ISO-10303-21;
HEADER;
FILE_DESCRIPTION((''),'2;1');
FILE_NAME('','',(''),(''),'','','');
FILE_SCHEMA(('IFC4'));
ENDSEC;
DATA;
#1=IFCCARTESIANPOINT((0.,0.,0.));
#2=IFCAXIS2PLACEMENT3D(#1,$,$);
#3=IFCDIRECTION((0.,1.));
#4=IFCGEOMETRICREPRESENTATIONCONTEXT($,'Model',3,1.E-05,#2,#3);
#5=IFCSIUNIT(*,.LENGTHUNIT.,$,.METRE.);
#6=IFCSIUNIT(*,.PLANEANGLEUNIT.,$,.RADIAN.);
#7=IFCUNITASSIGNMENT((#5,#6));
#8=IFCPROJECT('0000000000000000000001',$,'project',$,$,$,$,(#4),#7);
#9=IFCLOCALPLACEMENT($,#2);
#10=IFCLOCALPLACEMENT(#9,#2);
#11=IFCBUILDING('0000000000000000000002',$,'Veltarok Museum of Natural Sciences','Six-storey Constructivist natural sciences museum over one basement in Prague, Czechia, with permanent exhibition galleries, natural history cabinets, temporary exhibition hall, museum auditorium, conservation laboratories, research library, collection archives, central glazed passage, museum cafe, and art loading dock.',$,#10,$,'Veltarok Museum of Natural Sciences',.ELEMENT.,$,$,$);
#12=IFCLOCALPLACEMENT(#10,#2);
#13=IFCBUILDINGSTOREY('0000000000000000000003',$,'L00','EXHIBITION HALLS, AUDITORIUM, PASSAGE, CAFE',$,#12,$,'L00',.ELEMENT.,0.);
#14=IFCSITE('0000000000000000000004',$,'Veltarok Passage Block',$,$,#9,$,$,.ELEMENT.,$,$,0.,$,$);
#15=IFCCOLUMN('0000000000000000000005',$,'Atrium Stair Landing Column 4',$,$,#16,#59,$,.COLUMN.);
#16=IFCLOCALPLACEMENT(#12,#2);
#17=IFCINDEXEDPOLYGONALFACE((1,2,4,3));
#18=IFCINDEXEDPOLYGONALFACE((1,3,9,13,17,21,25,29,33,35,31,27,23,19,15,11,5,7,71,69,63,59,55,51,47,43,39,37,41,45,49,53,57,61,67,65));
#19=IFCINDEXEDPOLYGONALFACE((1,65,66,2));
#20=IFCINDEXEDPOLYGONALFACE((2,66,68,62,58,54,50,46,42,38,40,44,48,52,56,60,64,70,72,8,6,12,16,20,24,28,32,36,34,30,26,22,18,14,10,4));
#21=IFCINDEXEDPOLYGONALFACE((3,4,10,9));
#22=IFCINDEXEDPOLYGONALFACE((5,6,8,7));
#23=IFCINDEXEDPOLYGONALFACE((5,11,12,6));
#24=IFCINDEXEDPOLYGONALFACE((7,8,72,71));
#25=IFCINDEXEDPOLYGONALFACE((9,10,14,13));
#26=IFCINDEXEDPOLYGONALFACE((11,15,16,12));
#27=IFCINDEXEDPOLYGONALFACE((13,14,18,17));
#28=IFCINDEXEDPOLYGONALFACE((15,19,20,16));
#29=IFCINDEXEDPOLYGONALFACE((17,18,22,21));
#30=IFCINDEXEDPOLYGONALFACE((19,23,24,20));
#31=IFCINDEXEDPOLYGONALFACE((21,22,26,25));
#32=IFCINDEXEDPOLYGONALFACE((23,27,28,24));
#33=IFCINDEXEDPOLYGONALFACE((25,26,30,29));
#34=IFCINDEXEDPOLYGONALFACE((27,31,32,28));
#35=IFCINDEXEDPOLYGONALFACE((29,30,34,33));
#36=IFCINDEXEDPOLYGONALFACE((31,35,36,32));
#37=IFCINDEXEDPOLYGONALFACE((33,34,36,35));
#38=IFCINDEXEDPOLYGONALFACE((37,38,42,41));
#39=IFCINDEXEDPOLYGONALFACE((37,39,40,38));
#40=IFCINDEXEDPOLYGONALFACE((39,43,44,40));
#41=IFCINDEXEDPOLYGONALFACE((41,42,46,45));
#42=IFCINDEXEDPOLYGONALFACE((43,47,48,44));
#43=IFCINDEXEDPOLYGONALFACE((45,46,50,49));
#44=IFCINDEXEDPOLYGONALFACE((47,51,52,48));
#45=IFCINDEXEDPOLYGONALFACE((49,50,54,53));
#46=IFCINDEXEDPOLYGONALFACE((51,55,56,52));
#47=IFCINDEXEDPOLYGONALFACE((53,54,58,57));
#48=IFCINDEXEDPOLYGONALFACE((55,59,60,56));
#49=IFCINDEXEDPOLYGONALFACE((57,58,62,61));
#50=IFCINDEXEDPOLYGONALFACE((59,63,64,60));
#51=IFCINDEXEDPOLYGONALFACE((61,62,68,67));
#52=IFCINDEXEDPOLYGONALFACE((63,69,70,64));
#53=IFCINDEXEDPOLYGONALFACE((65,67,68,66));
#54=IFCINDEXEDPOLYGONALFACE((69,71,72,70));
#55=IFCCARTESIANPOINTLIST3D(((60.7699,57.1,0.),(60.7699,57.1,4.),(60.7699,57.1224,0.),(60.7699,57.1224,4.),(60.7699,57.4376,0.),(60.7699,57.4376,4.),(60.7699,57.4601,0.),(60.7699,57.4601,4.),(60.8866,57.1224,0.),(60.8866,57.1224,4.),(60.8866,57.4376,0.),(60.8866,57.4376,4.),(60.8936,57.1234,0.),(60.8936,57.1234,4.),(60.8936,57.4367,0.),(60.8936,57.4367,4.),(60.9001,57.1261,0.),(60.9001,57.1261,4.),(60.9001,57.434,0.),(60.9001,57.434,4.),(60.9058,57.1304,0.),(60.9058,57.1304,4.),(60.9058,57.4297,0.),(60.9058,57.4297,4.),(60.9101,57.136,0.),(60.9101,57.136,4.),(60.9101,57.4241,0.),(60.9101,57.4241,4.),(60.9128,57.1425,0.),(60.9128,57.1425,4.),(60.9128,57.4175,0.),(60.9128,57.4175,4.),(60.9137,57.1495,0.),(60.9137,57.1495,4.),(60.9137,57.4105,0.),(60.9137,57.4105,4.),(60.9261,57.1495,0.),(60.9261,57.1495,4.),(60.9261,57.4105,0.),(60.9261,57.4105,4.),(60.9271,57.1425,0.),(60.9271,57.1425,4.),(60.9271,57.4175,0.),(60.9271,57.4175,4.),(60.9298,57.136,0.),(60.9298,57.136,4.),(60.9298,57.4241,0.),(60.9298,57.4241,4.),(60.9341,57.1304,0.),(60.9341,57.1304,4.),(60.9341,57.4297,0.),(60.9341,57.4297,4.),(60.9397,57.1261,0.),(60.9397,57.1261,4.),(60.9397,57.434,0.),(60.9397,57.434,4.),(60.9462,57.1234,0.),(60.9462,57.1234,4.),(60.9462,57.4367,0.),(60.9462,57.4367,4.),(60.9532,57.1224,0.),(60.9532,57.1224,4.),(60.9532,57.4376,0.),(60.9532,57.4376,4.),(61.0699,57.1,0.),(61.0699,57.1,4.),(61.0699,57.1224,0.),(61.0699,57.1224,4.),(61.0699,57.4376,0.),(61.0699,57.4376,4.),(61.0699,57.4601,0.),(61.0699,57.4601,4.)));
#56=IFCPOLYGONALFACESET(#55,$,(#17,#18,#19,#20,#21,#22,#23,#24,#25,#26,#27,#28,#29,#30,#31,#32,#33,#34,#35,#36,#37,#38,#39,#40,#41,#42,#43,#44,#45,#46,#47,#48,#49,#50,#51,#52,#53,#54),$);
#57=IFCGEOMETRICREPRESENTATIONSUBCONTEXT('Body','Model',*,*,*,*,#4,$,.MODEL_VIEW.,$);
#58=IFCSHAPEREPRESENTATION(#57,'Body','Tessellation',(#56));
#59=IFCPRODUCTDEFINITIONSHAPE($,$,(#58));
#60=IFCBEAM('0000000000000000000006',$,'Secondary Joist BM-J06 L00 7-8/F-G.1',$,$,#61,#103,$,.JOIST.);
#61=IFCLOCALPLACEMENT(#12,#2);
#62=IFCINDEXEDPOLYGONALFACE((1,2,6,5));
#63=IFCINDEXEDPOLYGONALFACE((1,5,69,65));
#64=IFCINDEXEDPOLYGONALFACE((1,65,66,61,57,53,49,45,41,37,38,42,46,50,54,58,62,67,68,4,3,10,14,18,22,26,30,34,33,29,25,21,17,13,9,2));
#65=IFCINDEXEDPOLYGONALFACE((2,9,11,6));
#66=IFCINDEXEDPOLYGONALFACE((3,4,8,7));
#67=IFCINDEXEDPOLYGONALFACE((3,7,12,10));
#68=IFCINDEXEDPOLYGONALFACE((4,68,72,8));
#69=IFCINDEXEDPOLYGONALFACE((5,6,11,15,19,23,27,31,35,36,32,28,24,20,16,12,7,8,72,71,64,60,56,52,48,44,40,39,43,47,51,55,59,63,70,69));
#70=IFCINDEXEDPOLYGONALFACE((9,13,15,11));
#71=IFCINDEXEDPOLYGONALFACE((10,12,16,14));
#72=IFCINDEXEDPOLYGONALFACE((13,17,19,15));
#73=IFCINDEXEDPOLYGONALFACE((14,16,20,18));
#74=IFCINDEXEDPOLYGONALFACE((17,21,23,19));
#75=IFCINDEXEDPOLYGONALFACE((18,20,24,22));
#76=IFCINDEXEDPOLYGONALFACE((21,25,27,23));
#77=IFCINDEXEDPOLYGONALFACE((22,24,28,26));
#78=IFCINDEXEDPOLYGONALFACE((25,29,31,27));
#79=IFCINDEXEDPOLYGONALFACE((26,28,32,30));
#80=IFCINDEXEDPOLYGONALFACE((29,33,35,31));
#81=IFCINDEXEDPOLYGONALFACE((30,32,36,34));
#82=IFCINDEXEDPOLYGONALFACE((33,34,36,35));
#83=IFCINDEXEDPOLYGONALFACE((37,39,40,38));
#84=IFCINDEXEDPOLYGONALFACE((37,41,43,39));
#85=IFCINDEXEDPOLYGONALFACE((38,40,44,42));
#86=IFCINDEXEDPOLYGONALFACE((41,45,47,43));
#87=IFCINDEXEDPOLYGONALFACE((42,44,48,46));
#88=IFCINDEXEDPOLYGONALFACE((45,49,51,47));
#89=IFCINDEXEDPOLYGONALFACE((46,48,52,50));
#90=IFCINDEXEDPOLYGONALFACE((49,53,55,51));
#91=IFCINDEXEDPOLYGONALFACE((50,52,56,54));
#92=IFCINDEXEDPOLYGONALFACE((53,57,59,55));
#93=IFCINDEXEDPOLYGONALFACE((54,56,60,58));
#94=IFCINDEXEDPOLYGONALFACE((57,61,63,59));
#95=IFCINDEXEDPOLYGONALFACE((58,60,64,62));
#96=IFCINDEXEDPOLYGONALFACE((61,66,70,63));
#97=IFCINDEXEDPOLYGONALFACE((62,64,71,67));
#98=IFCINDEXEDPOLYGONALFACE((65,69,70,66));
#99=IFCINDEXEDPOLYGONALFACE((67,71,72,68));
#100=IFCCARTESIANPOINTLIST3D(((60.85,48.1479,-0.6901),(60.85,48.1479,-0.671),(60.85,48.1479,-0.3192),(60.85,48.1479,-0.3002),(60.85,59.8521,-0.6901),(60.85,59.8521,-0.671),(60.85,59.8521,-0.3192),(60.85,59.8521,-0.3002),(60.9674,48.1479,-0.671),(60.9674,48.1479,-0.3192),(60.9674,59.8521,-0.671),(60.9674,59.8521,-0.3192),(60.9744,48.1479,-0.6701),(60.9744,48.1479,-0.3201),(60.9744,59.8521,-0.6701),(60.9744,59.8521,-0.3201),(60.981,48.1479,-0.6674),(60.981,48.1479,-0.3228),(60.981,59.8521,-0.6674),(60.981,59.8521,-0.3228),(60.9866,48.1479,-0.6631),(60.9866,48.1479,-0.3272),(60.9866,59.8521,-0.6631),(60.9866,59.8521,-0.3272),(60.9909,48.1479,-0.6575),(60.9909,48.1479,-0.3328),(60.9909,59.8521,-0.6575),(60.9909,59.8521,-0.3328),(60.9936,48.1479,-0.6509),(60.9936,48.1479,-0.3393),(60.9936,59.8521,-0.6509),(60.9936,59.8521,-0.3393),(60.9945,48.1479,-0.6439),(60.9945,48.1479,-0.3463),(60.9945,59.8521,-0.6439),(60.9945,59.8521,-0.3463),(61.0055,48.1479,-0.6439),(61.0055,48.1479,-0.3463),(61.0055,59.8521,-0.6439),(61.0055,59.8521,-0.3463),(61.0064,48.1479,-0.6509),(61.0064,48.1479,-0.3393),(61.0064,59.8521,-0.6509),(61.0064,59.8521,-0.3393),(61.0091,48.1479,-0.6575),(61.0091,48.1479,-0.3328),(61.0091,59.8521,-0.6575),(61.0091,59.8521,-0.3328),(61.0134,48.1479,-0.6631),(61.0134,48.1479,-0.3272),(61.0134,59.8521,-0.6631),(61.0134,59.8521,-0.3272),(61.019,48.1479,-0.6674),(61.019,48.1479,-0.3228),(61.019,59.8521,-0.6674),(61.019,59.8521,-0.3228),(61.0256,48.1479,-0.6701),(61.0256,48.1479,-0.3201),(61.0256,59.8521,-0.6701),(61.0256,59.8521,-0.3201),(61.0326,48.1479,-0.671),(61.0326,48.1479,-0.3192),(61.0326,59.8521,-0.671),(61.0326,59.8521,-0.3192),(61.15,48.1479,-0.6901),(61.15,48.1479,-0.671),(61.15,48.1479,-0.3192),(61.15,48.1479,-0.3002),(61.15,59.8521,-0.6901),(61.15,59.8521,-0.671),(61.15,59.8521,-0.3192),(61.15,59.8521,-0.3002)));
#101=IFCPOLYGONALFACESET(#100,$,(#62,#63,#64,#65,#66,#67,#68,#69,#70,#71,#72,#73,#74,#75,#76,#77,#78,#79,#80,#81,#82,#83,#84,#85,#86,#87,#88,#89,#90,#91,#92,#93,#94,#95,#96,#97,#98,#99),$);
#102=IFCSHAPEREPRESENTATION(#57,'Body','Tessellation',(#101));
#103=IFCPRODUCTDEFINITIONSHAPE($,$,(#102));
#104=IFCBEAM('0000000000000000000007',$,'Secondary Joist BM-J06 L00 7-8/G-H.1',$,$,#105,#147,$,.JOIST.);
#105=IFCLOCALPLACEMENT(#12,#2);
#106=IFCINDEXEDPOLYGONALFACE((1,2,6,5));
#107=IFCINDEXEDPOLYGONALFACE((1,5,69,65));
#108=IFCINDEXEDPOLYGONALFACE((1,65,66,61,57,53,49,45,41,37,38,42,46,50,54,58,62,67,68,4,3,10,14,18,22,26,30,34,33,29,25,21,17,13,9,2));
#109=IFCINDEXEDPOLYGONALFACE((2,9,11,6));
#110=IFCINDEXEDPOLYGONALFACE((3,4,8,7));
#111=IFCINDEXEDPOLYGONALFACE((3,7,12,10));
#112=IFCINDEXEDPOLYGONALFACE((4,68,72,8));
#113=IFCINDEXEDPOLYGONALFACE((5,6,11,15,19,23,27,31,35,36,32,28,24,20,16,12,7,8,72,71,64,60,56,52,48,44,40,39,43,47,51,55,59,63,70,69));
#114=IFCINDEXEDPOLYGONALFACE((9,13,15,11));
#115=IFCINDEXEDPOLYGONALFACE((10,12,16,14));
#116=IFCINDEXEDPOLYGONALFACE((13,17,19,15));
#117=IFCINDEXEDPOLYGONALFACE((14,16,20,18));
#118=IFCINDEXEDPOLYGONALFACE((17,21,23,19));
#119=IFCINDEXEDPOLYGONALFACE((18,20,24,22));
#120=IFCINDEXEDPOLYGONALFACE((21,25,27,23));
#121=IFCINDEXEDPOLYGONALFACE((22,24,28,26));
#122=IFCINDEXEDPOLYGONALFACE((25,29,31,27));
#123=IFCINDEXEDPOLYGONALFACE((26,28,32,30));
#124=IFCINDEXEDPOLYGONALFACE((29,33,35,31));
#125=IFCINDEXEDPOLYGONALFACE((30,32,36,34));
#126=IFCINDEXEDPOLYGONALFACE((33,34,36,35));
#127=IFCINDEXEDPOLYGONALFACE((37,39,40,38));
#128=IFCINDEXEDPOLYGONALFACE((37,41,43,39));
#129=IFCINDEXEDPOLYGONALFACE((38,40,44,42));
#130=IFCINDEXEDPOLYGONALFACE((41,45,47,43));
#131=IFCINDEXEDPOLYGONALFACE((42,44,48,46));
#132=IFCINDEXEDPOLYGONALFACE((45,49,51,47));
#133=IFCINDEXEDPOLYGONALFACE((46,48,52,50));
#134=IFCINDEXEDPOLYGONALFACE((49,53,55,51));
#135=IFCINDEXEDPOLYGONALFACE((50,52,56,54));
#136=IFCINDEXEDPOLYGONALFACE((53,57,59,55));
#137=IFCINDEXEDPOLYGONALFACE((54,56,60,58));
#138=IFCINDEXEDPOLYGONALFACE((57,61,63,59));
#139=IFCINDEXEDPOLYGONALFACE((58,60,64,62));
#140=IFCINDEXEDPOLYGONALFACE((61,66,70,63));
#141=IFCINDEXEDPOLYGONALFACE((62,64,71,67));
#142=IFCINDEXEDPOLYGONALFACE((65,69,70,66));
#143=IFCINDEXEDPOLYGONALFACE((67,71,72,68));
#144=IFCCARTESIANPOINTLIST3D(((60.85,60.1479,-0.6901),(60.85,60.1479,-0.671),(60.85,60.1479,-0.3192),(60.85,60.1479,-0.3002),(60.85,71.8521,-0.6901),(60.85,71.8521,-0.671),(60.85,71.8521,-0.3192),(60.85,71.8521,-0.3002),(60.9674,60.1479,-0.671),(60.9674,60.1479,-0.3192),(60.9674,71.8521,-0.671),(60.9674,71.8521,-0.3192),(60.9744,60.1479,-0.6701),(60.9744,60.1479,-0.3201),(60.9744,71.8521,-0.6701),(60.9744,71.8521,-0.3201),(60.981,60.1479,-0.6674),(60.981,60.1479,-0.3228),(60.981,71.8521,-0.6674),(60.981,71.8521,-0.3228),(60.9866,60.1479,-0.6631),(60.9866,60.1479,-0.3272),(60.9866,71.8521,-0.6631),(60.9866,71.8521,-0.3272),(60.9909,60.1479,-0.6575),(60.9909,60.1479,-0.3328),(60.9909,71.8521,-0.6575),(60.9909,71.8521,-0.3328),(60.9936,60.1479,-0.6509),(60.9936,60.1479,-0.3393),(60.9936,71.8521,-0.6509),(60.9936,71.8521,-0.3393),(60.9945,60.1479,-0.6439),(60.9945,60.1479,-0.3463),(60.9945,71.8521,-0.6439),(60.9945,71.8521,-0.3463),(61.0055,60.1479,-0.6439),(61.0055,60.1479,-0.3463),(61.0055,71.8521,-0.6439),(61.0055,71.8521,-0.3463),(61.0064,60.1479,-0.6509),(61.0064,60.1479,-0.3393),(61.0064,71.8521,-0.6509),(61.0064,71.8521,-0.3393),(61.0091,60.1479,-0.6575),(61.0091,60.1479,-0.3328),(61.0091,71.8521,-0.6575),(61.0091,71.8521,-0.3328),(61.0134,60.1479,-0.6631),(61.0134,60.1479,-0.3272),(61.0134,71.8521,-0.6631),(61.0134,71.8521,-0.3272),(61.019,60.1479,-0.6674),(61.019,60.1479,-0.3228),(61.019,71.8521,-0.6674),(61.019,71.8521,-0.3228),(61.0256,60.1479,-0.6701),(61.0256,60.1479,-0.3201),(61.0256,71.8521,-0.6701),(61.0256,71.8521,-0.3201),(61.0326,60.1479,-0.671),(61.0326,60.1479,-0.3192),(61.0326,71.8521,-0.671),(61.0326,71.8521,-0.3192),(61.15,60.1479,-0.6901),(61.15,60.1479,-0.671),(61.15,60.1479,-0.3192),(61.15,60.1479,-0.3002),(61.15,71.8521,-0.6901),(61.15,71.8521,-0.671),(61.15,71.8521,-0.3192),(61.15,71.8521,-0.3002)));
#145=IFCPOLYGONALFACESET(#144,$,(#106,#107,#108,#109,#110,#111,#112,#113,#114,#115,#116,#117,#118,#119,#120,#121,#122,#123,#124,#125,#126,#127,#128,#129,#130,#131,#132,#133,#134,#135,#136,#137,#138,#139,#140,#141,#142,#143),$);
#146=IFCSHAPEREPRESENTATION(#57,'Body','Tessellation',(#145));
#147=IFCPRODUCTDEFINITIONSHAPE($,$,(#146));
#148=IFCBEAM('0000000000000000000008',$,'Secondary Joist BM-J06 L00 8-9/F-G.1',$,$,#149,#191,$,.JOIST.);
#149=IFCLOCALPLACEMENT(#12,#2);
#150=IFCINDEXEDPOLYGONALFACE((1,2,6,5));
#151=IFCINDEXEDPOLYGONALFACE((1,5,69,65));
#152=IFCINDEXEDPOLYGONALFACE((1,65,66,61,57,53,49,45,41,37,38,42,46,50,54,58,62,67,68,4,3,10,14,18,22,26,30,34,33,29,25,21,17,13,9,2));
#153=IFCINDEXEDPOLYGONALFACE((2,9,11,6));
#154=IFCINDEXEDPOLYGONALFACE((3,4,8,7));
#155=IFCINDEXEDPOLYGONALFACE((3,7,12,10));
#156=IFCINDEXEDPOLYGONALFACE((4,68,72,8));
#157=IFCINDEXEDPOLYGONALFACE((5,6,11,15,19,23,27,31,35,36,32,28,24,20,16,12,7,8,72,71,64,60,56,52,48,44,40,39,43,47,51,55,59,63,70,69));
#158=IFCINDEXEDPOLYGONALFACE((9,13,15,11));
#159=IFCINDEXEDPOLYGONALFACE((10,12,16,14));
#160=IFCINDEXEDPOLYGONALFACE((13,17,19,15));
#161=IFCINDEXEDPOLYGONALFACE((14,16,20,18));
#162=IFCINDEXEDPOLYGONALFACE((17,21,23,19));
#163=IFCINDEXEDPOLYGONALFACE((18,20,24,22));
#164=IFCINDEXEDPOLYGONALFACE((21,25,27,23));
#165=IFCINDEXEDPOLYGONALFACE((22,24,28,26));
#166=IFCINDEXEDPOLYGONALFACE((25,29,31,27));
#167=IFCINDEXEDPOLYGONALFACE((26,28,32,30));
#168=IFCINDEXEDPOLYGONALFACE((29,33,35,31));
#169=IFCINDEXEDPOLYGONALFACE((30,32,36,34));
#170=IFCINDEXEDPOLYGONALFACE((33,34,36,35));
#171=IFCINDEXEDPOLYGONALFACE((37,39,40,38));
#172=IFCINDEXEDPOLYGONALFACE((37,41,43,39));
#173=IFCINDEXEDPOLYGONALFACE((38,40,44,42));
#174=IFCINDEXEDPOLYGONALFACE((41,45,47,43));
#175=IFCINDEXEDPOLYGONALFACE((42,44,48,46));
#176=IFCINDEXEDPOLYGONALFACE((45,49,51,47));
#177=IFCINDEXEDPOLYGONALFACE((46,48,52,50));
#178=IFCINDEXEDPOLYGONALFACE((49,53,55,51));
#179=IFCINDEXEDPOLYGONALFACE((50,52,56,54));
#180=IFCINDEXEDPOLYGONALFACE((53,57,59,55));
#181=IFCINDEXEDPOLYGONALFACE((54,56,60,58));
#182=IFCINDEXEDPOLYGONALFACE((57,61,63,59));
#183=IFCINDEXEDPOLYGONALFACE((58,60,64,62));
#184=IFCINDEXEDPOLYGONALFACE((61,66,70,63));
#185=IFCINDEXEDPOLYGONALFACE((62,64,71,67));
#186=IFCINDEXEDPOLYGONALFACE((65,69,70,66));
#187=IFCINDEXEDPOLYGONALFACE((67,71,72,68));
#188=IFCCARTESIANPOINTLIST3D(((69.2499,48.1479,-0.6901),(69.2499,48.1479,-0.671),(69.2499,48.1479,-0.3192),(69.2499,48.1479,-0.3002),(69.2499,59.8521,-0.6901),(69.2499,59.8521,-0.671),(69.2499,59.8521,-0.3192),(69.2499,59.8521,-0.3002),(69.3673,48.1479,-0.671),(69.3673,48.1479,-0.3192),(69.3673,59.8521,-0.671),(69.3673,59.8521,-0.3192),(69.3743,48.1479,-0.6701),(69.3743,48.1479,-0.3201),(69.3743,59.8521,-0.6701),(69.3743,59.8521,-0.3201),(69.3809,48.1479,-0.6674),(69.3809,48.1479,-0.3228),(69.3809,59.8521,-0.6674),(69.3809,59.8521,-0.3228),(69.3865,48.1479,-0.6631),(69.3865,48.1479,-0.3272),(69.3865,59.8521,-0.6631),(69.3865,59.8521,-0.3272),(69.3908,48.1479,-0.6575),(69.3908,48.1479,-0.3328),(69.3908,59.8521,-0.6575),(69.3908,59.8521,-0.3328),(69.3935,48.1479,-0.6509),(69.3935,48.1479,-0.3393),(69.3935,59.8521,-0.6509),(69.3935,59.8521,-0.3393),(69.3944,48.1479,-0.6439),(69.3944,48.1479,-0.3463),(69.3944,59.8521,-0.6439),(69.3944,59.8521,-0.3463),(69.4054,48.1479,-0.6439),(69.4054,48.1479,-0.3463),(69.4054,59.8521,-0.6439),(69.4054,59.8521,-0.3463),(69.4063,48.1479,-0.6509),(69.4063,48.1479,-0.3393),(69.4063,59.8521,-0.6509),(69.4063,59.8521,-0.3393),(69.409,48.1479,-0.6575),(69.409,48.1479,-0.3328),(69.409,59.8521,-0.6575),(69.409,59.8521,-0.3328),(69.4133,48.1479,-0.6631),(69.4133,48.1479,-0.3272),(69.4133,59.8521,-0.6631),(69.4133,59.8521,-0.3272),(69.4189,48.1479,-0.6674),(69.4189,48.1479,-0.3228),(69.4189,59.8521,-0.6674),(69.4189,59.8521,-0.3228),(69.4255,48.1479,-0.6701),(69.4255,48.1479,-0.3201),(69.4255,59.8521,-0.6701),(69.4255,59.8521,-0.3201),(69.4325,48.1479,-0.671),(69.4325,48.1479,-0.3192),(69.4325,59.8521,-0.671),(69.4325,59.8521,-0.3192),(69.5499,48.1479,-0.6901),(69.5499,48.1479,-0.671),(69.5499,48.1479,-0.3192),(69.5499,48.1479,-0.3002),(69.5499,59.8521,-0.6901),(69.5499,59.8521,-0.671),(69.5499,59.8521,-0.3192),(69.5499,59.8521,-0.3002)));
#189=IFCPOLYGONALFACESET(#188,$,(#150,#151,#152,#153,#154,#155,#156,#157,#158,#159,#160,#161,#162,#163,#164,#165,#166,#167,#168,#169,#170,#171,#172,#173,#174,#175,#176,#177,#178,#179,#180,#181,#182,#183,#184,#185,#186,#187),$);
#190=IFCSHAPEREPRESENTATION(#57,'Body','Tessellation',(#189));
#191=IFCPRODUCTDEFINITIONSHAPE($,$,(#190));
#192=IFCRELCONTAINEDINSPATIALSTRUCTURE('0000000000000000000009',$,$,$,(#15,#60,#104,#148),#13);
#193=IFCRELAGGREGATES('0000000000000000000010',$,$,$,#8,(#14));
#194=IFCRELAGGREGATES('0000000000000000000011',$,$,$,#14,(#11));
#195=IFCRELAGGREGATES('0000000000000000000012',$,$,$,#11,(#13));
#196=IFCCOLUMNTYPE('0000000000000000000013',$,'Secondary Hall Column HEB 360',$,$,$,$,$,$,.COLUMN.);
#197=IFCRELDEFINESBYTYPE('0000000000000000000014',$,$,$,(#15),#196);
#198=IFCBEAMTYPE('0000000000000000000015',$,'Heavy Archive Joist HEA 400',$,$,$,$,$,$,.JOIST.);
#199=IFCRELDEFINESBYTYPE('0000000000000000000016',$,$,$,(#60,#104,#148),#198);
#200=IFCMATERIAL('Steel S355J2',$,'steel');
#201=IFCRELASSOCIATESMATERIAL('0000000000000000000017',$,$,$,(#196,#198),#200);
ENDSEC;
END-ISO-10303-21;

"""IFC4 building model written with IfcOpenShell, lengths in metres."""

from ifc_helpers import new_model, si_unit, direction, frame, origin, origin_2d, place, context, subcontext, project, spatial, i_section, extrude, material, material_profile, profile_set, type_object, element, save


model = new_model("IFC4")

# Units and contexts
model_context = context("Model", 3, precision=1e-05, world=origin(), true_north=direction((0.0, 1.0)))
body_context = subcontext(model_context, "Body", "Model", "MODEL_VIEW")
ifc_project = project(units=[si_unit("LENGTHUNIT", "METRE"), si_unit("PLANEANGLEUNIT", "RADIAN")], contexts=[model_context])

# Site, building, storey
site_placement = place(None, origin())
site = spatial("IfcSite", under=ifc_project, at=site_placement, Name="Veltarok Passage Block", CompositionType="ELEMENT", RefElevation=0.0)
building_placement = place(site_placement, origin())
building = spatial("IfcBuilding", under=site, at=building_placement, Name="Veltarok Museum of Natural Sciences", Description="Six-storey Constructivist natural sciences museum over one basement in Prague, Czechia, with permanent exhibition galleries, natural history cabinets, temporary exhibition hall, museum auditorium, conservation laboratories, research library, collection archives, central glazed passage, museum cafe, and art loading dock.", LongName="Veltarok Museum of Natural Sciences", CompositionType="ELEMENT")
storey_placement = place(building_placement, origin())
storey = spatial("IfcBuildingStorey", under=building, at=storey_placement, Name="L00", Description="EXHIBITION HALLS, AUDITORIUM, PASSAGE, CAFE", LongName="L00", CompositionType="ELEMENT", Elevation=0.0)

# Column
ifc_material_1 = material(Name="Steel S355J2", Category="steel")
ifc_material_profile_1 = material_profile(ifc_material_1, i_section(OverallWidth=0.3, OverallDepth=0.3601, WebThickness=0.0125, FlangeThickness=0.0225, FilletRadius=0.0271, at=origin_2d()), Name="HEB 360")
ifc_profile_set_1 = profile_set([ifc_material_profile_1], Name="Steel S355J2")
column_type_1 = type_object("IfcColumnType", Name="Secondary Hall Column HEB 360", PredefinedType="COLUMN", material=ifc_profile_set_1)
for number, where, z_axis, x_axis, name in (
    (1, (60.9199, 57.28, 0.0), (0.0, 0.0, 1.0), (1.0, 0.0, 0.0), "Atrium Stair Landing Column 4"),
):
    element("IfcColumn", number, at=place(storey_placement, frame(where, z_axis=z_axis, x_axis=x_axis)), inside=storey, type_object=column_type_1, Name=name, PredefinedType="COLUMN", context=body_context, shape_type="SweptSolid", body=[
        extrude(i_section(OverallWidth=0.3, OverallDepth=0.3601, WebThickness=0.0125, FlangeThickness=0.0225, FilletRadius=0.0271, at=origin_2d()), origin(), (0.0, 0.0, 1.0), 4.0),
    ])

# Beams
ifc_material_profile_2 = material_profile(ifc_material_1, i_section(OverallWidth=0.3, OverallDepth=0.3899, WebThickness=0.011, FlangeThickness=0.019, FilletRadius=0.0271, at=origin_2d()), Name="HEA 400")
ifc_profile_set_2 = profile_set([ifc_material_profile_2], Name="Steel S355J2")
beam_type_1 = type_object("IfcBeamType", Name="Heavy Archive Joist HEA 400", PredefinedType="JOIST", material=ifc_profile_set_2)
for number, where, z_axis, x_axis, name in (
    (2, (61.0, 48.1479, -0.4951), (0.0, 1.0, 0.0), (-1.0, 0.0, 0.0), "Secondary Joist BM-J06 L00 7-8/F-G.1"),
    (3, (61.0, 60.1479, -0.4951), (0.0, 1.0, 0.0), (-1.0, 0.0, 0.0), "Secondary Joist BM-J06 L00 7-8/G-H.1"),
    (4, (69.3999, 48.1479, -0.4951), (0.0, 1.0, 0.0), (-1.0, 0.0, 0.0), "Secondary Joist BM-J06 L00 8-9/F-G.1"),
):
    element("IfcBeam", number, at=place(storey_placement, frame(where, z_axis=z_axis, x_axis=x_axis)), inside=storey, type_object=beam_type_1, Name=name, PredefinedType="JOIST", context=body_context, shape_type="SweptSolid", body=[
        extrude(i_section(OverallWidth=0.3, OverallDepth=0.3899, WebThickness=0.011, FlangeThickness=0.019, FilletRadius=0.0271, at=origin_2d()), origin(), (0.0, 0.0, 1.0), 11.7041),
    ])

save(model, "model.ifc")
